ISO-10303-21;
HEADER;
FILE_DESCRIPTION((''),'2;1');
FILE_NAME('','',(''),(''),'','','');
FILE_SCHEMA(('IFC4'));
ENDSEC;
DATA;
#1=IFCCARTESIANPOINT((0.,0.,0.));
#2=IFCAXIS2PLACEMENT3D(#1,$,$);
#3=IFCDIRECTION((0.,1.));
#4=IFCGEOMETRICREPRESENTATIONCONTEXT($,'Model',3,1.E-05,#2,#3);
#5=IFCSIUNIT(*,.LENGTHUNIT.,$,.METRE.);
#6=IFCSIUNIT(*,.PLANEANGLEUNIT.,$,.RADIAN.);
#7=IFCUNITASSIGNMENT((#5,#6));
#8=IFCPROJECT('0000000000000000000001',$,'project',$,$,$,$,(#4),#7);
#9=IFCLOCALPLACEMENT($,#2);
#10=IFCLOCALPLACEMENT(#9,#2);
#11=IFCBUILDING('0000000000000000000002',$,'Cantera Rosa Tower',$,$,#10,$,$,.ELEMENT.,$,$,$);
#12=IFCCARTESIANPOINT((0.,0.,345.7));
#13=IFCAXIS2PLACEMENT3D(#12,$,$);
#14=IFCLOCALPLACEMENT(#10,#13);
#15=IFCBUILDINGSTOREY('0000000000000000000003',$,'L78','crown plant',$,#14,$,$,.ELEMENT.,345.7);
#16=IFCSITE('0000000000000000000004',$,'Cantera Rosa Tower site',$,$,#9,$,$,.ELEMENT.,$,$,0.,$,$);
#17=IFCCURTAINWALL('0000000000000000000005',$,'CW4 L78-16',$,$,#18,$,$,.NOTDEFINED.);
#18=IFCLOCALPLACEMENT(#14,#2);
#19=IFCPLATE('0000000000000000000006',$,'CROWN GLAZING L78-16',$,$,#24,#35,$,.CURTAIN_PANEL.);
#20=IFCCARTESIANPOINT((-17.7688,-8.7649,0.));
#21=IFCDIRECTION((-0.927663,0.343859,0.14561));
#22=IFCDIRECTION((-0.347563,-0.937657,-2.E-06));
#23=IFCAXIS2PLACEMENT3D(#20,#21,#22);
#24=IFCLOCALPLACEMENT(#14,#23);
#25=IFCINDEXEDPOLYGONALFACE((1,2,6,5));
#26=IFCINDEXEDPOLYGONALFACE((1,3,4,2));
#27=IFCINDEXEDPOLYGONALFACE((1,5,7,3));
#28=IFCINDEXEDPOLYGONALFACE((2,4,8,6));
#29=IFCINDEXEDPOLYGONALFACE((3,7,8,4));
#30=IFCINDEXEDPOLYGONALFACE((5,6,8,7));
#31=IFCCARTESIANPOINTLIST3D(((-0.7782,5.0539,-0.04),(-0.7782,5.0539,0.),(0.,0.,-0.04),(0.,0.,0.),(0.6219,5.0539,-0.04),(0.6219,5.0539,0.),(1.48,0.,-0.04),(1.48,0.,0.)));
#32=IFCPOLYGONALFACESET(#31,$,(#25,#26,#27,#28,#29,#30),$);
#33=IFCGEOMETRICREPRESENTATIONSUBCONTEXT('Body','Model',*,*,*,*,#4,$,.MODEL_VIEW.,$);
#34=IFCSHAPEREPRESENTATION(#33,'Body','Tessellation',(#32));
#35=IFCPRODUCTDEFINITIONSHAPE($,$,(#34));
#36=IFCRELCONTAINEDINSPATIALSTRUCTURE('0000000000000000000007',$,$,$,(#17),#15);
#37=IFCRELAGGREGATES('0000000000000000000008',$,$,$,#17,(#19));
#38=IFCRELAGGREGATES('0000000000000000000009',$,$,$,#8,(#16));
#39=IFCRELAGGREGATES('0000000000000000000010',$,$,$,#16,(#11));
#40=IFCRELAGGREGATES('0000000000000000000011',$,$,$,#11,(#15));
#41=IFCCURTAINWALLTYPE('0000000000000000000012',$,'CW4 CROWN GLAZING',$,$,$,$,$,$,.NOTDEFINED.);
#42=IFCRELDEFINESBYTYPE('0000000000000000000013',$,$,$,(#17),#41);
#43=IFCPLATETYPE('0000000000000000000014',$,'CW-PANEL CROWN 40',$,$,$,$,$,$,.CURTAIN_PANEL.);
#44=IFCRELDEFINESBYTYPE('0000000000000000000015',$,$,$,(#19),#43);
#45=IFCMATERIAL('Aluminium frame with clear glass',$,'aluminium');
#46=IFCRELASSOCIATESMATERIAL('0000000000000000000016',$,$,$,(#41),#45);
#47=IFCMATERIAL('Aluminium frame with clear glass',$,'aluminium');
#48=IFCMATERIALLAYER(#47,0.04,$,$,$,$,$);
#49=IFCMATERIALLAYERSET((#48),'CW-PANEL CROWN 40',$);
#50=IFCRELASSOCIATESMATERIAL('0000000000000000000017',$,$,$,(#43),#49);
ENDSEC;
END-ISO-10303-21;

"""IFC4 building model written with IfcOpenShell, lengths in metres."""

from ifc_helpers import new_model, si_unit, direction, frame, origin, place, context, subcontext, project, spatial, polyline, outline, extrude, material, layer, layer_set, type_object, element, aggregate, save


model = new_model("IFC4")

# Units and contexts
model_context = context("Model", 3, precision=1e-05, world=origin(), true_north=direction((0.0, 1.0)))
body_context = subcontext(model_context, "Body", "Model", "MODEL_VIEW")
ifc_project = project(units=[si_unit("LENGTHUNIT", "METRE"), si_unit("PLANEANGLEUNIT", "RADIAN")], contexts=[model_context])

# Site, building, storey
site_placement = place(None, origin())
site = spatial("IfcSite", under=ifc_project, at=site_placement, Name="Cantera Rosa Tower site", CompositionType="ELEMENT", RefElevation=0.0)
building_placement = place(site_placement, origin())
building = spatial("IfcBuilding", under=site, at=building_placement, Name="Cantera Rosa Tower", CompositionType="ELEMENT")
storey_placement = place(building_placement, frame((0.0, 0.0, 345.7)))
storey = spatial("IfcBuildingStorey", under=building, at=storey_placement, Name="L78", Description="crown plant", CompositionType="ELEMENT", Elevation=345.7)

# Curtain wall
ifc_material_1 = material(Name="Aluminium frame with clear glass", Category="aluminium")
curtain_wall_type = type_object("IfcCurtainWallType", Name="CW4 CROWN GLAZING", PredefinedType="NOTDEFINED", material=ifc_material_1)
curtain_wall_1_placement = place(storey_placement, origin())
curtain_wall_1 = element("IfcCurtainWall", 1, at=curtain_wall_1_placement, inside=storey, type_object=curtain_wall_type, Name="CW4 L78-16", PredefinedType="NOTDEFINED")

# Plate
ifc_material_2 = material(Name="Aluminium frame with clear glass", Category="aluminium")
ifc_layer_1 = layer(ifc_material_2, 0.04)
ifc_layer_set_1 = layer_set([ifc_layer_1], Name="CW-PANEL CROWN 40")
plate_type = type_object("IfcPlateType", Name="CW-PANEL CROWN 40", PredefinedType="CURTAIN_PANEL", material=ifc_layer_set_1)
plate_1_placement = place(storey_placement, frame((-17.7688, -8.7649, 0.0), z_axis=(-0.927663, 0.343859, 0.14561), x_axis=(-0.347563, -0.937657, -0.000002)))
plate_1 = element("IfcPlate", 2, at=plate_1_placement, type_object=plate_type, Name="CROWN GLAZING L78-16", PredefinedType="CURTAIN_PANEL", context=body_context, shape_type="SweptSolid", body=[
    extrude(outline(polyline([(0.0, 0.0), (1.48, 0.0), (0.6219, 5.0539), (-0.7782, 5.0539), (0.0, 0.0)])), origin(), (0.0, 0.0, -1.0), 0.04),
])

aggregate(curtain_wall_1, [plate_1])

save(model, "model.ifc")
